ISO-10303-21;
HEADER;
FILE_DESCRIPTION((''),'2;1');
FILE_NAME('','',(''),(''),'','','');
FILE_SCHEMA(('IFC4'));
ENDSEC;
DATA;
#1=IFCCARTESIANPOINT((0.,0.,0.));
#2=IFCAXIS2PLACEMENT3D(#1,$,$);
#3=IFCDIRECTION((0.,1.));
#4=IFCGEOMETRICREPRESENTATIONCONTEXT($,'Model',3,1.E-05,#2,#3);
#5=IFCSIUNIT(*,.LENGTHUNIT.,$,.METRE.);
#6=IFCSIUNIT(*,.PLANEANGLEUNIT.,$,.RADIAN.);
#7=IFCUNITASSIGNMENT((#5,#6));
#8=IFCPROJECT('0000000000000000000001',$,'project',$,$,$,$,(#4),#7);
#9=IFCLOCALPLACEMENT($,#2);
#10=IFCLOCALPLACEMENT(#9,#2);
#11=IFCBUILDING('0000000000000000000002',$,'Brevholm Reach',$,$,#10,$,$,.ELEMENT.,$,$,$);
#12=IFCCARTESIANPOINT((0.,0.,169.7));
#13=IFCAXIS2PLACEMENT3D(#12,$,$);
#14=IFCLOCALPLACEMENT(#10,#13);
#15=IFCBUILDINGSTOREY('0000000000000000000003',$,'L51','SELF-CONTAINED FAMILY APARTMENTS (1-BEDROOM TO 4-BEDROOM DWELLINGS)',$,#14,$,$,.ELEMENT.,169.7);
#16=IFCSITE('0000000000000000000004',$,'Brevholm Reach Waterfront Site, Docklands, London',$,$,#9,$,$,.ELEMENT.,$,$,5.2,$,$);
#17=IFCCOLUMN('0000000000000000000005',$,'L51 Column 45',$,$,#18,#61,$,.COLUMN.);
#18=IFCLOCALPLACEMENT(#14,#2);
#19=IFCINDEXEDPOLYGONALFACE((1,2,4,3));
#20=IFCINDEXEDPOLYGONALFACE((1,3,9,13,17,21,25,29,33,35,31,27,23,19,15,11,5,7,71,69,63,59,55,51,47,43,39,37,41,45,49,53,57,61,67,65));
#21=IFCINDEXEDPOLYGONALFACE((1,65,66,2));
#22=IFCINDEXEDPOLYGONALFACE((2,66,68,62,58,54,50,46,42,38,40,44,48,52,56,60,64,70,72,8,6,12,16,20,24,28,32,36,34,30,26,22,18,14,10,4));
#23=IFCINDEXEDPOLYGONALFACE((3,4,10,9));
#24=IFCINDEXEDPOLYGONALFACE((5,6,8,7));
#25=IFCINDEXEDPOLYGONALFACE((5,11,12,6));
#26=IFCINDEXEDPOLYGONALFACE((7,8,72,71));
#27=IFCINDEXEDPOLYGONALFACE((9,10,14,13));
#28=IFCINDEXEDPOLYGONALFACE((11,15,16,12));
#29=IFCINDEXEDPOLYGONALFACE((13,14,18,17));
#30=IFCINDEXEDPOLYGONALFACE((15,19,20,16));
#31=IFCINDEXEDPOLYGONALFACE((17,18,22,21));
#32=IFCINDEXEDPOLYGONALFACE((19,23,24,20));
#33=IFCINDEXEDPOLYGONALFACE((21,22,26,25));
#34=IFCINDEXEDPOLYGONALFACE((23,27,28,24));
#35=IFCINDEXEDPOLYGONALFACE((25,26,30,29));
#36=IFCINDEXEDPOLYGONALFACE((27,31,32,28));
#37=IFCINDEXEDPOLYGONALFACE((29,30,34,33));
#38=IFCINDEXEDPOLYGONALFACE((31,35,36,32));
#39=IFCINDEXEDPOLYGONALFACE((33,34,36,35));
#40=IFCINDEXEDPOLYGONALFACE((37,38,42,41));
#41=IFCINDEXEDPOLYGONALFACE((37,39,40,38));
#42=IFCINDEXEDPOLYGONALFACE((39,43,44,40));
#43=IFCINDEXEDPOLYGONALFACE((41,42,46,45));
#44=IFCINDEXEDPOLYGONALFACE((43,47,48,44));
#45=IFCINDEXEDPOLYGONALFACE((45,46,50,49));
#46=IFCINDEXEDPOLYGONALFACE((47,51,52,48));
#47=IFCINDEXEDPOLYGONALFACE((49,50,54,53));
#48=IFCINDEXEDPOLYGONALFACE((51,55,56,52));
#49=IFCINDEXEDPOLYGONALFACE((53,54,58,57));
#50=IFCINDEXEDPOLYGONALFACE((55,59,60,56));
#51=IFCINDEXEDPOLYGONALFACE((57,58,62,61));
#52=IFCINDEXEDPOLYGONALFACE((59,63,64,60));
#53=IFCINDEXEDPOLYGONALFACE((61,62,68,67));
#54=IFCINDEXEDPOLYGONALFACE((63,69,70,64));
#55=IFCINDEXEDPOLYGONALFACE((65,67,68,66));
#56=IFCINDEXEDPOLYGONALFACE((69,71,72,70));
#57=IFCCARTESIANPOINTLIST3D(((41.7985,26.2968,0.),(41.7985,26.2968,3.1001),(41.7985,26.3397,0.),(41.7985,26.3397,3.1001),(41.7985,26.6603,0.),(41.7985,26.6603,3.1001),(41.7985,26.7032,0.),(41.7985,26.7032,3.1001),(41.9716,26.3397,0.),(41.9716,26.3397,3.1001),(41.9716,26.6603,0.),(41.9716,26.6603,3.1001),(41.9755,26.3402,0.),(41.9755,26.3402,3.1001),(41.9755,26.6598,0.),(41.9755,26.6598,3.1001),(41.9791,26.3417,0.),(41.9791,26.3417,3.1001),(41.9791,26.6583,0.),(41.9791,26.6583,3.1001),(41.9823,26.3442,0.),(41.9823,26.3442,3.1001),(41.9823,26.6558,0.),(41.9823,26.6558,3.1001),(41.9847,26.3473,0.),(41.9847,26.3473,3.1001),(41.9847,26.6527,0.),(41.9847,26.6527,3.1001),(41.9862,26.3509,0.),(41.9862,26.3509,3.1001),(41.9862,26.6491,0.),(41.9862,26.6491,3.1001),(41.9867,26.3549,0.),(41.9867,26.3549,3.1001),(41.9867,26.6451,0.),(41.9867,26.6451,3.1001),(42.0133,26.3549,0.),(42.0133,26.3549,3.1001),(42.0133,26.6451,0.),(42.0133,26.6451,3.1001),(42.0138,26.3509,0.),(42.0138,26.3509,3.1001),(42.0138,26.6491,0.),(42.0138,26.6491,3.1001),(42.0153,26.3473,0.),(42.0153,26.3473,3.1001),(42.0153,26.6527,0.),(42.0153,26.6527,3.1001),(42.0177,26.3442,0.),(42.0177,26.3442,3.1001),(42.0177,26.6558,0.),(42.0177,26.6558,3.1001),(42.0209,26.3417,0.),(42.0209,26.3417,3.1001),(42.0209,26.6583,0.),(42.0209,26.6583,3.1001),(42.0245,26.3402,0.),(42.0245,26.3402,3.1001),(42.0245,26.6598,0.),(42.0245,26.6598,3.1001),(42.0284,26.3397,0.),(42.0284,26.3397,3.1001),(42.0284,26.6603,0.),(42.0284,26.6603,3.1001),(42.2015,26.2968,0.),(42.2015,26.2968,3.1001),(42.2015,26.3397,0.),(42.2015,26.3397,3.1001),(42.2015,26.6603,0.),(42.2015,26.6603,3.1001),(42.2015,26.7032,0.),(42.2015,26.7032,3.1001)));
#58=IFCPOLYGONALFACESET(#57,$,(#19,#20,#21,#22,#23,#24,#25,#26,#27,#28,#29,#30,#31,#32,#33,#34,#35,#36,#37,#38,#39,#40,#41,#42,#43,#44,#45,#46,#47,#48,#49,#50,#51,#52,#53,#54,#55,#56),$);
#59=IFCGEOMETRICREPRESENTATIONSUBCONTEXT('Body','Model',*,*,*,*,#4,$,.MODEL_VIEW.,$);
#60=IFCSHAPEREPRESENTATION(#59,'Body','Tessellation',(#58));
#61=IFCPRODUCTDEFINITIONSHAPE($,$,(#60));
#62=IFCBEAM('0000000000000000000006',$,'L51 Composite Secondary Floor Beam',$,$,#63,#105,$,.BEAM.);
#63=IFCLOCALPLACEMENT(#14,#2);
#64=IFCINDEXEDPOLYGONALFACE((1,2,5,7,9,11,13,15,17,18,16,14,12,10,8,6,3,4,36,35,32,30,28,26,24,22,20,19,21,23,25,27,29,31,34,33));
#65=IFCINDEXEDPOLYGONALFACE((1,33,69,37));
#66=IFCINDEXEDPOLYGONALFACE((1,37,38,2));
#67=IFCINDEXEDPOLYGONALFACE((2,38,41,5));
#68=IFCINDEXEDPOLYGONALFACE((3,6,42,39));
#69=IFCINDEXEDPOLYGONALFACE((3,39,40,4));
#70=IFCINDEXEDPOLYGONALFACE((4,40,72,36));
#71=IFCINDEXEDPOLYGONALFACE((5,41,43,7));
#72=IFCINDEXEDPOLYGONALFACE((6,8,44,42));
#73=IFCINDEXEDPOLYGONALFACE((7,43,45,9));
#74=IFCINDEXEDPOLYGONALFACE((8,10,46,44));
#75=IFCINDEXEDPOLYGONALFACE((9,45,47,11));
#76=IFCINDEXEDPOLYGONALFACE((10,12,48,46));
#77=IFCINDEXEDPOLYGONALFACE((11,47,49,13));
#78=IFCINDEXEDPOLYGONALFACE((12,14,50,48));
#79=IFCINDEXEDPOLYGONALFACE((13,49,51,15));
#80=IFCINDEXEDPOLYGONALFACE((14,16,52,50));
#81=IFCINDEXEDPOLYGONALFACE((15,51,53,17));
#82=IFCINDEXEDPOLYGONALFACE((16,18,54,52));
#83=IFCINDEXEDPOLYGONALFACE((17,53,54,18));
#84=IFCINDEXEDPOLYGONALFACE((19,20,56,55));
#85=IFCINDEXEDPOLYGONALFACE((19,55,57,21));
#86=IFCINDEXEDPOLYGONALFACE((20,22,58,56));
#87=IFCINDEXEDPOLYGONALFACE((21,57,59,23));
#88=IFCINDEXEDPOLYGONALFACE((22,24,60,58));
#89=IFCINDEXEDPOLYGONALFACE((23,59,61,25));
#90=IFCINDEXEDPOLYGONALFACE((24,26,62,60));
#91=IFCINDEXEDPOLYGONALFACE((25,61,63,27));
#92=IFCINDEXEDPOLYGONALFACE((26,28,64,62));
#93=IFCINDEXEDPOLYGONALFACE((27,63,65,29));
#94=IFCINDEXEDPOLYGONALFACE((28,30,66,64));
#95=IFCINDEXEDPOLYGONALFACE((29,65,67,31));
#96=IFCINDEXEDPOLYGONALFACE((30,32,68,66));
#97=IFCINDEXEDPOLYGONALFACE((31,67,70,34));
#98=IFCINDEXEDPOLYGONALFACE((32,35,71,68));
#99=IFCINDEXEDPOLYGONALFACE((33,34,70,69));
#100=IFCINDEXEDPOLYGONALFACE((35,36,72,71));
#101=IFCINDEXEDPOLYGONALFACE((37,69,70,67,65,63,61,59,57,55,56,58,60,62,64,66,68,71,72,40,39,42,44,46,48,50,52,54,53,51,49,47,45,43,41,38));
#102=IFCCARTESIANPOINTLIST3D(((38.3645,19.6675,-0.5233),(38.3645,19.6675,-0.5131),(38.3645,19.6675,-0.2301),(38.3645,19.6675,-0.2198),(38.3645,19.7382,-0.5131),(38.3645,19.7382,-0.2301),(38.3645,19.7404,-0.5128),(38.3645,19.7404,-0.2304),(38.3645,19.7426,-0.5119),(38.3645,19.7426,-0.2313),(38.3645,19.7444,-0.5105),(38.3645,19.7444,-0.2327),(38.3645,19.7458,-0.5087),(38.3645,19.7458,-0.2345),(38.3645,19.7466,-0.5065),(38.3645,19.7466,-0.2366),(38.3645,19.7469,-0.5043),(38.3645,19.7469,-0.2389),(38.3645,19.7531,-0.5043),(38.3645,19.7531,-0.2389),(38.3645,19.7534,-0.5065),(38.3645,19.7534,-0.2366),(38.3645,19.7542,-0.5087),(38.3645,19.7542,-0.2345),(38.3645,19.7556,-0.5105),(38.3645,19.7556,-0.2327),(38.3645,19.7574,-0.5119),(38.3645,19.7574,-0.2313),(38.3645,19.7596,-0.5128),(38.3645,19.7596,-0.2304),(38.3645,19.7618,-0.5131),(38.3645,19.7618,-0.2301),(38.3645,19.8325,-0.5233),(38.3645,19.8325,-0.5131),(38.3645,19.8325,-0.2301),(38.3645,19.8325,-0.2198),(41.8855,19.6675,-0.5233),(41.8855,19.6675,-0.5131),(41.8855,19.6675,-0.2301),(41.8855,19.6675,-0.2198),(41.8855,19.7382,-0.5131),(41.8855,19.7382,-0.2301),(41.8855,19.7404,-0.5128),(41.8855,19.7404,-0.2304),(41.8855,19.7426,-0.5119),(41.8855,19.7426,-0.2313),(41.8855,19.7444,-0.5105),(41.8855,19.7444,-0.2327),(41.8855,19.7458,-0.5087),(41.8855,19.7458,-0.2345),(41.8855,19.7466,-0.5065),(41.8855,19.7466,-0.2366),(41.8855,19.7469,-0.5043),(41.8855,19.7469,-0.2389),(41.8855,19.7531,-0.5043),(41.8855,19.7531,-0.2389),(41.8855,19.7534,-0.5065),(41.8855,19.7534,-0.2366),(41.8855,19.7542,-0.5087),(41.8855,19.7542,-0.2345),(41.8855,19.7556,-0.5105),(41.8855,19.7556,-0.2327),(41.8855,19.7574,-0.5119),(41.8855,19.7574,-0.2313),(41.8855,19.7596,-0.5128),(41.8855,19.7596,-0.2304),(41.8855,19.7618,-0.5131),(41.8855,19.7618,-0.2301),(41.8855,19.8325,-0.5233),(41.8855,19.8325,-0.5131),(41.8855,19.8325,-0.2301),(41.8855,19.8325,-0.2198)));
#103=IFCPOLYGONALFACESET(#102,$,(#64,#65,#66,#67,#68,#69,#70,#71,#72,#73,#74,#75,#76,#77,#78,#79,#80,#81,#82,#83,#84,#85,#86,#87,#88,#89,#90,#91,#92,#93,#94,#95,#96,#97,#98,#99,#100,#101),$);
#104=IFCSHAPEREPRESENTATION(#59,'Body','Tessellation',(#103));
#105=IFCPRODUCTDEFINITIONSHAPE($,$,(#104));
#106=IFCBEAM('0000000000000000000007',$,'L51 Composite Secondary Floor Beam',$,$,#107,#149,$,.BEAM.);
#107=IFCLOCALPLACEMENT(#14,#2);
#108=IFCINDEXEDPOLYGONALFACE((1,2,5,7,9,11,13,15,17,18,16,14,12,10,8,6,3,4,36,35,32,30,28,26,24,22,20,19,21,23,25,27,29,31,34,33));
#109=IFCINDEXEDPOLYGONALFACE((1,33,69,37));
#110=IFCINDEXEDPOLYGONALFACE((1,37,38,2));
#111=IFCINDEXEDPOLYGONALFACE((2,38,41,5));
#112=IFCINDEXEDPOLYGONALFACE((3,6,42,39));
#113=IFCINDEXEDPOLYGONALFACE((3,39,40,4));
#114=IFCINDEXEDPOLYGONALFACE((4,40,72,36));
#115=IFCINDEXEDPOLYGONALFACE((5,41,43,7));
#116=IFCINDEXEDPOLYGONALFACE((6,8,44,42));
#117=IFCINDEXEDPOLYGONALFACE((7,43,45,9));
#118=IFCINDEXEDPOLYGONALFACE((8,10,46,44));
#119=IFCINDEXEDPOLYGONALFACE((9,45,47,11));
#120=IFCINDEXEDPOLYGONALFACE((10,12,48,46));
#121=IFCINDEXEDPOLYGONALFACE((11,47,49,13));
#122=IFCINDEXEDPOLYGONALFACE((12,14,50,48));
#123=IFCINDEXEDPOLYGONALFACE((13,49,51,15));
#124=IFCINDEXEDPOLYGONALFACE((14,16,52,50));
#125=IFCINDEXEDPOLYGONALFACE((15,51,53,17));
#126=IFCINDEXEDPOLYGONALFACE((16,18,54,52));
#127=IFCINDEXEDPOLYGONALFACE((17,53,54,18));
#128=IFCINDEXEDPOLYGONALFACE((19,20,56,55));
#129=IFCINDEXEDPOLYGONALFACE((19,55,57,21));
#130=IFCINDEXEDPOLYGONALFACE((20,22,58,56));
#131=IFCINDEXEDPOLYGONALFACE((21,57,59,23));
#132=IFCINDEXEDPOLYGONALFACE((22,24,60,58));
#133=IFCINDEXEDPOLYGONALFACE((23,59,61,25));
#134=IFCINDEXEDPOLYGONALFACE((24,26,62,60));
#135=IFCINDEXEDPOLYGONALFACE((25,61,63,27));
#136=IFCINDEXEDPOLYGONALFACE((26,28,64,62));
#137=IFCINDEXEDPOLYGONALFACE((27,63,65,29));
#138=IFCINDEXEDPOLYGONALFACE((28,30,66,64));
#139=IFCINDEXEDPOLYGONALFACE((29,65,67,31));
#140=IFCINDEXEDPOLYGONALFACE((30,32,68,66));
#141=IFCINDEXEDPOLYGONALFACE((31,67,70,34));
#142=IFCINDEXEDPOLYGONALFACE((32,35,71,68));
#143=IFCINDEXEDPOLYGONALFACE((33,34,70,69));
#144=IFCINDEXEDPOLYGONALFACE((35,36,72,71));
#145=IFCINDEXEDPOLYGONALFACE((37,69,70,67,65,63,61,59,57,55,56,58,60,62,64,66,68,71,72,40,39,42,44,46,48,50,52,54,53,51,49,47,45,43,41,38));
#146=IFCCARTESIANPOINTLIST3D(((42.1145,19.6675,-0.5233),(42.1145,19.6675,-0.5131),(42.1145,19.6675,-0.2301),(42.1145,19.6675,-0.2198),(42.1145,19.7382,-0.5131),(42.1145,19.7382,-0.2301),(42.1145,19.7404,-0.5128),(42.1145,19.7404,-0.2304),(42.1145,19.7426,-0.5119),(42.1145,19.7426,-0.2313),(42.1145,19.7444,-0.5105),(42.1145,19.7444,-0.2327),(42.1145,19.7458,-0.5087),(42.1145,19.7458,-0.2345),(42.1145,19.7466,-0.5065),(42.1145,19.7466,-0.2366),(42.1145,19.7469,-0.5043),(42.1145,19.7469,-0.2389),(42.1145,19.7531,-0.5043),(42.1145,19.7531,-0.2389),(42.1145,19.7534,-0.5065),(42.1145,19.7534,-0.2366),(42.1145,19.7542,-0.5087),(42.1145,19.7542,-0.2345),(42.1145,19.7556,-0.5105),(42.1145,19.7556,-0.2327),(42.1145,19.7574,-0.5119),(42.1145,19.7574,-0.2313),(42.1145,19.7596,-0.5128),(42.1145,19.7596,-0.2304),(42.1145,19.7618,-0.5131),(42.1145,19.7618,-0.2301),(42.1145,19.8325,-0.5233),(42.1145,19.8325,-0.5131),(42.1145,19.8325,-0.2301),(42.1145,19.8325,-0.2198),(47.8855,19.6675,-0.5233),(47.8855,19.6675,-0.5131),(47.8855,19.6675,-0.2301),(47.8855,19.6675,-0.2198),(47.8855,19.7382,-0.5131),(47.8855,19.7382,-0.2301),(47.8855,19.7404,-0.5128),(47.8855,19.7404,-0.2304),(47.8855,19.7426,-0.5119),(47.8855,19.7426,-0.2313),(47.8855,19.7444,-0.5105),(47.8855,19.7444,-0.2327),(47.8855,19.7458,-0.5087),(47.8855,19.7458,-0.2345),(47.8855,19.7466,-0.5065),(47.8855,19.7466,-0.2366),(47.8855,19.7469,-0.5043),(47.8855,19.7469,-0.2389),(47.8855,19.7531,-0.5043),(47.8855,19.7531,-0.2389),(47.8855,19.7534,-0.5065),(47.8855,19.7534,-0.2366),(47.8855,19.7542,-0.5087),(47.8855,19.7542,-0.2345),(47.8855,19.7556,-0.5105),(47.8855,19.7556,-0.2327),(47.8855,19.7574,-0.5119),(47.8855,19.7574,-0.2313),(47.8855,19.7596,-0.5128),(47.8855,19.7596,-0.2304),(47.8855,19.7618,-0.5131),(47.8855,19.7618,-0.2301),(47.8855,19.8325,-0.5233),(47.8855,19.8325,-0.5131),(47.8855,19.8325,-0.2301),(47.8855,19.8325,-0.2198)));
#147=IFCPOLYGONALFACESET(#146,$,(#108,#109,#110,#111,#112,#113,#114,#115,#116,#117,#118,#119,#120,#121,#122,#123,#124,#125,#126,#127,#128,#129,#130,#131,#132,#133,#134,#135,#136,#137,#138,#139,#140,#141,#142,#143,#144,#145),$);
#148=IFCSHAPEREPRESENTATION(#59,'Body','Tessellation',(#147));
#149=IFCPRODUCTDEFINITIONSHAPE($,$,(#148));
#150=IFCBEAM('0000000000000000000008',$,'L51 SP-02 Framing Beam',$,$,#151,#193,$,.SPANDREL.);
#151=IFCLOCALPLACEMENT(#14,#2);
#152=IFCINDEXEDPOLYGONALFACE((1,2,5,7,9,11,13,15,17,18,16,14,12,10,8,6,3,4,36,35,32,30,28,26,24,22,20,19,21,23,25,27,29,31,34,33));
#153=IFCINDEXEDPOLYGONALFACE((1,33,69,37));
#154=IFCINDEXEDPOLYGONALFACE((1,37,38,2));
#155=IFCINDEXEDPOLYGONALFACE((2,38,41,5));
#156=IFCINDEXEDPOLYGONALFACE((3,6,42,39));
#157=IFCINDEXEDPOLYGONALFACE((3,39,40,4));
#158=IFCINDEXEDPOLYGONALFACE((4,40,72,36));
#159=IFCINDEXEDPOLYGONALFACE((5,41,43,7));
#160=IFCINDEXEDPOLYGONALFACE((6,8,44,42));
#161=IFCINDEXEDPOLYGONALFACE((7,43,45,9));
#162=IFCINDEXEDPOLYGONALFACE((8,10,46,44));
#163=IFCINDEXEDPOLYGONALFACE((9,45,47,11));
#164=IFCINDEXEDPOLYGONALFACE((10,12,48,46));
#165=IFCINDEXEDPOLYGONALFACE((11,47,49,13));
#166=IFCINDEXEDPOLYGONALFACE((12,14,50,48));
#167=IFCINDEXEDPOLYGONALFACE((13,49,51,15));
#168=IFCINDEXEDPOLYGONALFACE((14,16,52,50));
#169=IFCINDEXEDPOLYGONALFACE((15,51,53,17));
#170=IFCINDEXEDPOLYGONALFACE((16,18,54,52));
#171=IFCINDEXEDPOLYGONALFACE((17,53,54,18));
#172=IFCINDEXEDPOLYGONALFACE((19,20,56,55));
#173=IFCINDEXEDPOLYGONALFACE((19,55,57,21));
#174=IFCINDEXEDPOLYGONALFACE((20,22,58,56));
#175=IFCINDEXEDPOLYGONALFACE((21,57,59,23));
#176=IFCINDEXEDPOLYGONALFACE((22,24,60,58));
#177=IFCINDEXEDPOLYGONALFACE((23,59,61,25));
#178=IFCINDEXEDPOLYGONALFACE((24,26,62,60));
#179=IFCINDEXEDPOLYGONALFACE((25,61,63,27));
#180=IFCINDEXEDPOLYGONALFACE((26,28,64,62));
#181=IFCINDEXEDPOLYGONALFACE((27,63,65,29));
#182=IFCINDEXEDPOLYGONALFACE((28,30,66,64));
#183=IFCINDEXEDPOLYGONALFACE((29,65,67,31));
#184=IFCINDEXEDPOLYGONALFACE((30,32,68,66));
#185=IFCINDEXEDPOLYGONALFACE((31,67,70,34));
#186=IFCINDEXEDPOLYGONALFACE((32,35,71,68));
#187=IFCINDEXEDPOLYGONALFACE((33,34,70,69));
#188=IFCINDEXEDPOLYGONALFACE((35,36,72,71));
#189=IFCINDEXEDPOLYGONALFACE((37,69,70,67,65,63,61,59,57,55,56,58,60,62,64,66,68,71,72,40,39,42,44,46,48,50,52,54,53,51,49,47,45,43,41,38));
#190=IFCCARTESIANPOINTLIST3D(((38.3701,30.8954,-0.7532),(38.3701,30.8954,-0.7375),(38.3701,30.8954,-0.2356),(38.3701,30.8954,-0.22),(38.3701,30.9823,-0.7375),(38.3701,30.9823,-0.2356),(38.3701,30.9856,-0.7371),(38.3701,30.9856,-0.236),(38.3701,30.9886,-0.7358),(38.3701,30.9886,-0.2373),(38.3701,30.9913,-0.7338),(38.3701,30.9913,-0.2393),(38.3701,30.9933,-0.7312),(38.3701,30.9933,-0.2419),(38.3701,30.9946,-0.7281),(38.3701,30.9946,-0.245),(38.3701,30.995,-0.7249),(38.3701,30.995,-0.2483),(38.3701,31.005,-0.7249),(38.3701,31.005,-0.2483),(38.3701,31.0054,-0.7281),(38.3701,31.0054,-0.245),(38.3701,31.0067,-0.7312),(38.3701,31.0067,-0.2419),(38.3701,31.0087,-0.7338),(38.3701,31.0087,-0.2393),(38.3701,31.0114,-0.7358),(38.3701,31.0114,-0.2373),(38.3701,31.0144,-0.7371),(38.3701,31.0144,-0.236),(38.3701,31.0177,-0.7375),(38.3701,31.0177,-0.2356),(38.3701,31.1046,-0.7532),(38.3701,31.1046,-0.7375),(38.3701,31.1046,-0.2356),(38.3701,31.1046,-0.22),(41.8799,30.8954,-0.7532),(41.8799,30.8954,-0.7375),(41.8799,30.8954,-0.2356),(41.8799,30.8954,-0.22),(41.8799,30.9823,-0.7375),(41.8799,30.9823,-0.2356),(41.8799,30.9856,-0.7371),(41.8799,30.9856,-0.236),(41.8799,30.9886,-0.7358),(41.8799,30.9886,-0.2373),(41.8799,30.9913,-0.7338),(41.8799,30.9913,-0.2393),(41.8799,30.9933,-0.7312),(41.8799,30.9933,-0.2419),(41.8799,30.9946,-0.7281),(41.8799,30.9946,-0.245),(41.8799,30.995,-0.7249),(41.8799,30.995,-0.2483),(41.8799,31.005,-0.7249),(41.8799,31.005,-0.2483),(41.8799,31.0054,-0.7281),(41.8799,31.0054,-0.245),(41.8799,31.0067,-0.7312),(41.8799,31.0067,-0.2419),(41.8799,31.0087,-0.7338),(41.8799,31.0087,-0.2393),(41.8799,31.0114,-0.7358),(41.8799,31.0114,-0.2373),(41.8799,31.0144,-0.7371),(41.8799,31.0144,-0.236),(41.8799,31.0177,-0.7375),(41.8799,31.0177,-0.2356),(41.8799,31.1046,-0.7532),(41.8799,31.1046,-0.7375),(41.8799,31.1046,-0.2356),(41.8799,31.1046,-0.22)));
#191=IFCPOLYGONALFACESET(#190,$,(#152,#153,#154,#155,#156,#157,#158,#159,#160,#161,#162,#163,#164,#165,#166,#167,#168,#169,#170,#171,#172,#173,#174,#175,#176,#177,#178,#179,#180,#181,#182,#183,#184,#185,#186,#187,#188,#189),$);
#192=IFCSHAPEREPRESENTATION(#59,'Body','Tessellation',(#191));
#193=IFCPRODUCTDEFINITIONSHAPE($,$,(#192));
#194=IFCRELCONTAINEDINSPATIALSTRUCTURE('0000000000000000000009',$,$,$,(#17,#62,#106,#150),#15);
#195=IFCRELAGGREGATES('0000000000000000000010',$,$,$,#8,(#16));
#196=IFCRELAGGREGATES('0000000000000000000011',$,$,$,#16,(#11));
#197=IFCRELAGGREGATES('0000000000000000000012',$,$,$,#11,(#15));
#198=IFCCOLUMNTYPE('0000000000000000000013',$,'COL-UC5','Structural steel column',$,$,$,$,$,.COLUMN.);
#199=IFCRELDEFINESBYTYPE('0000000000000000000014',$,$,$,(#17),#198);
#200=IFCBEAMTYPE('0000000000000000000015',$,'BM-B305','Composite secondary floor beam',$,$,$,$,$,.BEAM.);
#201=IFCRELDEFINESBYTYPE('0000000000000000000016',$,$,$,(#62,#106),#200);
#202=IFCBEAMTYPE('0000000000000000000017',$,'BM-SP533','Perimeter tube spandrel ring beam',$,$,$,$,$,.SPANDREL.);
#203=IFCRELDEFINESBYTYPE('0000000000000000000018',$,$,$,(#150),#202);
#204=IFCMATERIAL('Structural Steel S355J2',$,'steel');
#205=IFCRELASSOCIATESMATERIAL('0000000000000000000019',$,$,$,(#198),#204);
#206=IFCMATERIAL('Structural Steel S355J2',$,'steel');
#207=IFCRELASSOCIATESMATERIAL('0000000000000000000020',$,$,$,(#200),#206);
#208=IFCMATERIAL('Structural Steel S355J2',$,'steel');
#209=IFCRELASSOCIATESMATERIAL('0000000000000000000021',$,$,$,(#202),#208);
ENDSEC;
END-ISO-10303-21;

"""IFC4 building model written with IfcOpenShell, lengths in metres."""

from ifc_helpers import new_model, si_unit, direction, frame, origin, origin_2d, place, context, subcontext, project, spatial, i_section, extrude, material, material_profile, profile_set, type_object, element, save


model = new_model("IFC4")

# Units and contexts
model_context = context("Model", 3, precision=1e-05, world=origin(), true_north=direction((0.0, 1.0)))
body_context = subcontext(model_context, "Body", "Model", "MODEL_VIEW")
ifc_project = project(units=[si_unit("LENGTHUNIT", "METRE"), si_unit("PLANEANGLEUNIT", "RADIAN")], contexts=[model_context])

# Site, building, storey
site_placement = place(None, origin())
site = spatial("IfcSite", under=ifc_project, at=site_placement, Name="Brevholm Reach Waterfront Site, Docklands, London", CompositionType="ELEMENT", RefElevation=5.2)
building_placement = place(site_placement, origin())
building = spatial("IfcBuilding", under=site, at=building_placement, Name="Brevholm Reach", CompositionType="ELEMENT")
storey_placement = place(building_placement, frame((0.0, 0.0, 169.7)))
storey = spatial("IfcBuildingStorey", under=building, at=storey_placement, Name="L51", Description="SELF-CONTAINED FAMILY APARTMENTS (1-BEDROOM TO 4-BEDROOM DWELLINGS)", CompositionType="ELEMENT", Elevation=169.7)

# Column
ifc_material_1 = material(Name="Structural Steel S355J2", Category="steel")
ifc_material_profile_1 = material_profile(ifc_material_1, i_section(OverallWidth=0.4031, OverallDepth=0.4065, WebThickness=0.0266, FlangeThickness=0.043, FilletRadius=0.0151, at=origin_2d()), Name="UKC 356x406x340")
ifc_profile_set_1 = profile_set([ifc_material_profile_1], Name="Structural Steel S355J2")
column_type_1 = type_object("IfcColumnType", Name="COL-UC5", Description="Structural steel column", PredefinedType="COLUMN", material=ifc_profile_set_1)
for number, where, z_axis, x_axis, name in (
    (1, (42.0, 26.5, 0.0), (0.0, 0.0, 1.0), (1.0, 0.0, 0.0), "L51 Column 45"),
):
    element("IfcColumn", number, at=place(storey_placement, frame(where, z_axis=z_axis, x_axis=x_axis)), inside=storey, type_object=column_type_1, Name=name, PredefinedType="COLUMN", context=body_context, shape_type="SweptSolid", body=[
        extrude(i_section(OverallWidth=0.4031, OverallDepth=0.4065, WebThickness=0.0266, FlangeThickness=0.043, FilletRadius=0.0151, at=origin_2d()), origin(), (0.0, 0.0, 1.0), 3.1001),
    ])

# Beams
ifc_material_2 = material(Name="Structural Steel S355J2", Category="steel")
ifc_material_profile_2 = material_profile(ifc_material_2, i_section(OverallWidth=0.165, OverallDepth=0.3035, WebThickness=0.0061, FlangeThickness=0.0103, FilletRadius=0.0088, at=origin_2d()), Name="UKB 305x165x40")
ifc_profile_set_2 = profile_set([ifc_material_profile_2], Name="Structural Steel S355J2")
beam_type_1 = type_object("IfcBeamType", Name="BM-B305", Description="Composite secondary floor beam", PredefinedType="BEAM", material=ifc_profile_set_2)
beam_1_placement = place(storey_placement, frame((38.3645, 19.75, -0.3716), z_axis=(1.0, 0.0, 0.0), x_axis=(0.0, 1.0, 0.0)))
element("IfcBeam", 2, at=beam_1_placement, inside=storey, type_object=beam_type_1, Name="L51 Composite Secondary Floor Beam", PredefinedType="BEAM", context=body_context, shape_type="SweptSolid", body=[
    extrude(i_section(OverallWidth=0.165, OverallDepth=0.3035, WebThickness=0.0061, FlangeThickness=0.0103, FilletRadius=0.0088, at=origin_2d()), origin(), (0.0, 0.0, 1.0), 3.521),
])
beam_2_placement = place(storey_placement, frame((42.1145, 19.75, -0.3716), z_axis=(1.0, 0.0, 0.0), x_axis=(0.0, 1.0, 0.0)))
element("IfcBeam", 3, at=beam_2_placement, inside=storey, type_object=beam_type_1, Name="L51 Composite Secondary Floor Beam", PredefinedType="BEAM", context=body_context, shape_type="SweptSolid", body=[
    extrude(i_section(OverallWidth=0.165, OverallDepth=0.3035, WebThickness=0.0061, FlangeThickness=0.0103, FilletRadius=0.0088, at=origin_2d()), origin(), (0.0, 0.0, 1.0), 5.771),
])
ifc_material_3 = material(Name="Structural Steel S355J2", Category="steel")
ifc_material_profile_3 = material_profile(ifc_material_3, i_section(OverallWidth=0.2092, OverallDepth=0.5332, WebThickness=0.01, FlangeThickness=0.0156, FilletRadius=0.0127, at=origin_2d()), Name="UKB 533x210x92")
ifc_profile_set_3 = profile_set([ifc_material_profile_3], Name="Structural Steel S355J2")
beam_type_2 = type_object("IfcBeamType", Name="BM-SP533", Description="Perimeter tube spandrel ring beam", PredefinedType="SPANDREL", material=ifc_profile_set_3)
beam_3_placement = place(storey_placement, frame((38.3701, 31.0, -0.4866), z_axis=(1.0, 0.0, 0.0), x_axis=(0.0, 1.0, 0.0)))
element("IfcBeam", 4, at=beam_3_placement, inside=storey, type_object=beam_type_2, Name="L51 SP-02 Framing Beam", PredefinedType="SPANDREL", context=body_context, shape_type="SweptSolid", body=[
    extrude(i_section(OverallWidth=0.2092, OverallDepth=0.5332, WebThickness=0.01, FlangeThickness=0.0156, FilletRadius=0.0127, at=origin_2d()), origin(), (0.0, 0.0, 1.0), 3.5098),
])

save(model, "model.ifc")
